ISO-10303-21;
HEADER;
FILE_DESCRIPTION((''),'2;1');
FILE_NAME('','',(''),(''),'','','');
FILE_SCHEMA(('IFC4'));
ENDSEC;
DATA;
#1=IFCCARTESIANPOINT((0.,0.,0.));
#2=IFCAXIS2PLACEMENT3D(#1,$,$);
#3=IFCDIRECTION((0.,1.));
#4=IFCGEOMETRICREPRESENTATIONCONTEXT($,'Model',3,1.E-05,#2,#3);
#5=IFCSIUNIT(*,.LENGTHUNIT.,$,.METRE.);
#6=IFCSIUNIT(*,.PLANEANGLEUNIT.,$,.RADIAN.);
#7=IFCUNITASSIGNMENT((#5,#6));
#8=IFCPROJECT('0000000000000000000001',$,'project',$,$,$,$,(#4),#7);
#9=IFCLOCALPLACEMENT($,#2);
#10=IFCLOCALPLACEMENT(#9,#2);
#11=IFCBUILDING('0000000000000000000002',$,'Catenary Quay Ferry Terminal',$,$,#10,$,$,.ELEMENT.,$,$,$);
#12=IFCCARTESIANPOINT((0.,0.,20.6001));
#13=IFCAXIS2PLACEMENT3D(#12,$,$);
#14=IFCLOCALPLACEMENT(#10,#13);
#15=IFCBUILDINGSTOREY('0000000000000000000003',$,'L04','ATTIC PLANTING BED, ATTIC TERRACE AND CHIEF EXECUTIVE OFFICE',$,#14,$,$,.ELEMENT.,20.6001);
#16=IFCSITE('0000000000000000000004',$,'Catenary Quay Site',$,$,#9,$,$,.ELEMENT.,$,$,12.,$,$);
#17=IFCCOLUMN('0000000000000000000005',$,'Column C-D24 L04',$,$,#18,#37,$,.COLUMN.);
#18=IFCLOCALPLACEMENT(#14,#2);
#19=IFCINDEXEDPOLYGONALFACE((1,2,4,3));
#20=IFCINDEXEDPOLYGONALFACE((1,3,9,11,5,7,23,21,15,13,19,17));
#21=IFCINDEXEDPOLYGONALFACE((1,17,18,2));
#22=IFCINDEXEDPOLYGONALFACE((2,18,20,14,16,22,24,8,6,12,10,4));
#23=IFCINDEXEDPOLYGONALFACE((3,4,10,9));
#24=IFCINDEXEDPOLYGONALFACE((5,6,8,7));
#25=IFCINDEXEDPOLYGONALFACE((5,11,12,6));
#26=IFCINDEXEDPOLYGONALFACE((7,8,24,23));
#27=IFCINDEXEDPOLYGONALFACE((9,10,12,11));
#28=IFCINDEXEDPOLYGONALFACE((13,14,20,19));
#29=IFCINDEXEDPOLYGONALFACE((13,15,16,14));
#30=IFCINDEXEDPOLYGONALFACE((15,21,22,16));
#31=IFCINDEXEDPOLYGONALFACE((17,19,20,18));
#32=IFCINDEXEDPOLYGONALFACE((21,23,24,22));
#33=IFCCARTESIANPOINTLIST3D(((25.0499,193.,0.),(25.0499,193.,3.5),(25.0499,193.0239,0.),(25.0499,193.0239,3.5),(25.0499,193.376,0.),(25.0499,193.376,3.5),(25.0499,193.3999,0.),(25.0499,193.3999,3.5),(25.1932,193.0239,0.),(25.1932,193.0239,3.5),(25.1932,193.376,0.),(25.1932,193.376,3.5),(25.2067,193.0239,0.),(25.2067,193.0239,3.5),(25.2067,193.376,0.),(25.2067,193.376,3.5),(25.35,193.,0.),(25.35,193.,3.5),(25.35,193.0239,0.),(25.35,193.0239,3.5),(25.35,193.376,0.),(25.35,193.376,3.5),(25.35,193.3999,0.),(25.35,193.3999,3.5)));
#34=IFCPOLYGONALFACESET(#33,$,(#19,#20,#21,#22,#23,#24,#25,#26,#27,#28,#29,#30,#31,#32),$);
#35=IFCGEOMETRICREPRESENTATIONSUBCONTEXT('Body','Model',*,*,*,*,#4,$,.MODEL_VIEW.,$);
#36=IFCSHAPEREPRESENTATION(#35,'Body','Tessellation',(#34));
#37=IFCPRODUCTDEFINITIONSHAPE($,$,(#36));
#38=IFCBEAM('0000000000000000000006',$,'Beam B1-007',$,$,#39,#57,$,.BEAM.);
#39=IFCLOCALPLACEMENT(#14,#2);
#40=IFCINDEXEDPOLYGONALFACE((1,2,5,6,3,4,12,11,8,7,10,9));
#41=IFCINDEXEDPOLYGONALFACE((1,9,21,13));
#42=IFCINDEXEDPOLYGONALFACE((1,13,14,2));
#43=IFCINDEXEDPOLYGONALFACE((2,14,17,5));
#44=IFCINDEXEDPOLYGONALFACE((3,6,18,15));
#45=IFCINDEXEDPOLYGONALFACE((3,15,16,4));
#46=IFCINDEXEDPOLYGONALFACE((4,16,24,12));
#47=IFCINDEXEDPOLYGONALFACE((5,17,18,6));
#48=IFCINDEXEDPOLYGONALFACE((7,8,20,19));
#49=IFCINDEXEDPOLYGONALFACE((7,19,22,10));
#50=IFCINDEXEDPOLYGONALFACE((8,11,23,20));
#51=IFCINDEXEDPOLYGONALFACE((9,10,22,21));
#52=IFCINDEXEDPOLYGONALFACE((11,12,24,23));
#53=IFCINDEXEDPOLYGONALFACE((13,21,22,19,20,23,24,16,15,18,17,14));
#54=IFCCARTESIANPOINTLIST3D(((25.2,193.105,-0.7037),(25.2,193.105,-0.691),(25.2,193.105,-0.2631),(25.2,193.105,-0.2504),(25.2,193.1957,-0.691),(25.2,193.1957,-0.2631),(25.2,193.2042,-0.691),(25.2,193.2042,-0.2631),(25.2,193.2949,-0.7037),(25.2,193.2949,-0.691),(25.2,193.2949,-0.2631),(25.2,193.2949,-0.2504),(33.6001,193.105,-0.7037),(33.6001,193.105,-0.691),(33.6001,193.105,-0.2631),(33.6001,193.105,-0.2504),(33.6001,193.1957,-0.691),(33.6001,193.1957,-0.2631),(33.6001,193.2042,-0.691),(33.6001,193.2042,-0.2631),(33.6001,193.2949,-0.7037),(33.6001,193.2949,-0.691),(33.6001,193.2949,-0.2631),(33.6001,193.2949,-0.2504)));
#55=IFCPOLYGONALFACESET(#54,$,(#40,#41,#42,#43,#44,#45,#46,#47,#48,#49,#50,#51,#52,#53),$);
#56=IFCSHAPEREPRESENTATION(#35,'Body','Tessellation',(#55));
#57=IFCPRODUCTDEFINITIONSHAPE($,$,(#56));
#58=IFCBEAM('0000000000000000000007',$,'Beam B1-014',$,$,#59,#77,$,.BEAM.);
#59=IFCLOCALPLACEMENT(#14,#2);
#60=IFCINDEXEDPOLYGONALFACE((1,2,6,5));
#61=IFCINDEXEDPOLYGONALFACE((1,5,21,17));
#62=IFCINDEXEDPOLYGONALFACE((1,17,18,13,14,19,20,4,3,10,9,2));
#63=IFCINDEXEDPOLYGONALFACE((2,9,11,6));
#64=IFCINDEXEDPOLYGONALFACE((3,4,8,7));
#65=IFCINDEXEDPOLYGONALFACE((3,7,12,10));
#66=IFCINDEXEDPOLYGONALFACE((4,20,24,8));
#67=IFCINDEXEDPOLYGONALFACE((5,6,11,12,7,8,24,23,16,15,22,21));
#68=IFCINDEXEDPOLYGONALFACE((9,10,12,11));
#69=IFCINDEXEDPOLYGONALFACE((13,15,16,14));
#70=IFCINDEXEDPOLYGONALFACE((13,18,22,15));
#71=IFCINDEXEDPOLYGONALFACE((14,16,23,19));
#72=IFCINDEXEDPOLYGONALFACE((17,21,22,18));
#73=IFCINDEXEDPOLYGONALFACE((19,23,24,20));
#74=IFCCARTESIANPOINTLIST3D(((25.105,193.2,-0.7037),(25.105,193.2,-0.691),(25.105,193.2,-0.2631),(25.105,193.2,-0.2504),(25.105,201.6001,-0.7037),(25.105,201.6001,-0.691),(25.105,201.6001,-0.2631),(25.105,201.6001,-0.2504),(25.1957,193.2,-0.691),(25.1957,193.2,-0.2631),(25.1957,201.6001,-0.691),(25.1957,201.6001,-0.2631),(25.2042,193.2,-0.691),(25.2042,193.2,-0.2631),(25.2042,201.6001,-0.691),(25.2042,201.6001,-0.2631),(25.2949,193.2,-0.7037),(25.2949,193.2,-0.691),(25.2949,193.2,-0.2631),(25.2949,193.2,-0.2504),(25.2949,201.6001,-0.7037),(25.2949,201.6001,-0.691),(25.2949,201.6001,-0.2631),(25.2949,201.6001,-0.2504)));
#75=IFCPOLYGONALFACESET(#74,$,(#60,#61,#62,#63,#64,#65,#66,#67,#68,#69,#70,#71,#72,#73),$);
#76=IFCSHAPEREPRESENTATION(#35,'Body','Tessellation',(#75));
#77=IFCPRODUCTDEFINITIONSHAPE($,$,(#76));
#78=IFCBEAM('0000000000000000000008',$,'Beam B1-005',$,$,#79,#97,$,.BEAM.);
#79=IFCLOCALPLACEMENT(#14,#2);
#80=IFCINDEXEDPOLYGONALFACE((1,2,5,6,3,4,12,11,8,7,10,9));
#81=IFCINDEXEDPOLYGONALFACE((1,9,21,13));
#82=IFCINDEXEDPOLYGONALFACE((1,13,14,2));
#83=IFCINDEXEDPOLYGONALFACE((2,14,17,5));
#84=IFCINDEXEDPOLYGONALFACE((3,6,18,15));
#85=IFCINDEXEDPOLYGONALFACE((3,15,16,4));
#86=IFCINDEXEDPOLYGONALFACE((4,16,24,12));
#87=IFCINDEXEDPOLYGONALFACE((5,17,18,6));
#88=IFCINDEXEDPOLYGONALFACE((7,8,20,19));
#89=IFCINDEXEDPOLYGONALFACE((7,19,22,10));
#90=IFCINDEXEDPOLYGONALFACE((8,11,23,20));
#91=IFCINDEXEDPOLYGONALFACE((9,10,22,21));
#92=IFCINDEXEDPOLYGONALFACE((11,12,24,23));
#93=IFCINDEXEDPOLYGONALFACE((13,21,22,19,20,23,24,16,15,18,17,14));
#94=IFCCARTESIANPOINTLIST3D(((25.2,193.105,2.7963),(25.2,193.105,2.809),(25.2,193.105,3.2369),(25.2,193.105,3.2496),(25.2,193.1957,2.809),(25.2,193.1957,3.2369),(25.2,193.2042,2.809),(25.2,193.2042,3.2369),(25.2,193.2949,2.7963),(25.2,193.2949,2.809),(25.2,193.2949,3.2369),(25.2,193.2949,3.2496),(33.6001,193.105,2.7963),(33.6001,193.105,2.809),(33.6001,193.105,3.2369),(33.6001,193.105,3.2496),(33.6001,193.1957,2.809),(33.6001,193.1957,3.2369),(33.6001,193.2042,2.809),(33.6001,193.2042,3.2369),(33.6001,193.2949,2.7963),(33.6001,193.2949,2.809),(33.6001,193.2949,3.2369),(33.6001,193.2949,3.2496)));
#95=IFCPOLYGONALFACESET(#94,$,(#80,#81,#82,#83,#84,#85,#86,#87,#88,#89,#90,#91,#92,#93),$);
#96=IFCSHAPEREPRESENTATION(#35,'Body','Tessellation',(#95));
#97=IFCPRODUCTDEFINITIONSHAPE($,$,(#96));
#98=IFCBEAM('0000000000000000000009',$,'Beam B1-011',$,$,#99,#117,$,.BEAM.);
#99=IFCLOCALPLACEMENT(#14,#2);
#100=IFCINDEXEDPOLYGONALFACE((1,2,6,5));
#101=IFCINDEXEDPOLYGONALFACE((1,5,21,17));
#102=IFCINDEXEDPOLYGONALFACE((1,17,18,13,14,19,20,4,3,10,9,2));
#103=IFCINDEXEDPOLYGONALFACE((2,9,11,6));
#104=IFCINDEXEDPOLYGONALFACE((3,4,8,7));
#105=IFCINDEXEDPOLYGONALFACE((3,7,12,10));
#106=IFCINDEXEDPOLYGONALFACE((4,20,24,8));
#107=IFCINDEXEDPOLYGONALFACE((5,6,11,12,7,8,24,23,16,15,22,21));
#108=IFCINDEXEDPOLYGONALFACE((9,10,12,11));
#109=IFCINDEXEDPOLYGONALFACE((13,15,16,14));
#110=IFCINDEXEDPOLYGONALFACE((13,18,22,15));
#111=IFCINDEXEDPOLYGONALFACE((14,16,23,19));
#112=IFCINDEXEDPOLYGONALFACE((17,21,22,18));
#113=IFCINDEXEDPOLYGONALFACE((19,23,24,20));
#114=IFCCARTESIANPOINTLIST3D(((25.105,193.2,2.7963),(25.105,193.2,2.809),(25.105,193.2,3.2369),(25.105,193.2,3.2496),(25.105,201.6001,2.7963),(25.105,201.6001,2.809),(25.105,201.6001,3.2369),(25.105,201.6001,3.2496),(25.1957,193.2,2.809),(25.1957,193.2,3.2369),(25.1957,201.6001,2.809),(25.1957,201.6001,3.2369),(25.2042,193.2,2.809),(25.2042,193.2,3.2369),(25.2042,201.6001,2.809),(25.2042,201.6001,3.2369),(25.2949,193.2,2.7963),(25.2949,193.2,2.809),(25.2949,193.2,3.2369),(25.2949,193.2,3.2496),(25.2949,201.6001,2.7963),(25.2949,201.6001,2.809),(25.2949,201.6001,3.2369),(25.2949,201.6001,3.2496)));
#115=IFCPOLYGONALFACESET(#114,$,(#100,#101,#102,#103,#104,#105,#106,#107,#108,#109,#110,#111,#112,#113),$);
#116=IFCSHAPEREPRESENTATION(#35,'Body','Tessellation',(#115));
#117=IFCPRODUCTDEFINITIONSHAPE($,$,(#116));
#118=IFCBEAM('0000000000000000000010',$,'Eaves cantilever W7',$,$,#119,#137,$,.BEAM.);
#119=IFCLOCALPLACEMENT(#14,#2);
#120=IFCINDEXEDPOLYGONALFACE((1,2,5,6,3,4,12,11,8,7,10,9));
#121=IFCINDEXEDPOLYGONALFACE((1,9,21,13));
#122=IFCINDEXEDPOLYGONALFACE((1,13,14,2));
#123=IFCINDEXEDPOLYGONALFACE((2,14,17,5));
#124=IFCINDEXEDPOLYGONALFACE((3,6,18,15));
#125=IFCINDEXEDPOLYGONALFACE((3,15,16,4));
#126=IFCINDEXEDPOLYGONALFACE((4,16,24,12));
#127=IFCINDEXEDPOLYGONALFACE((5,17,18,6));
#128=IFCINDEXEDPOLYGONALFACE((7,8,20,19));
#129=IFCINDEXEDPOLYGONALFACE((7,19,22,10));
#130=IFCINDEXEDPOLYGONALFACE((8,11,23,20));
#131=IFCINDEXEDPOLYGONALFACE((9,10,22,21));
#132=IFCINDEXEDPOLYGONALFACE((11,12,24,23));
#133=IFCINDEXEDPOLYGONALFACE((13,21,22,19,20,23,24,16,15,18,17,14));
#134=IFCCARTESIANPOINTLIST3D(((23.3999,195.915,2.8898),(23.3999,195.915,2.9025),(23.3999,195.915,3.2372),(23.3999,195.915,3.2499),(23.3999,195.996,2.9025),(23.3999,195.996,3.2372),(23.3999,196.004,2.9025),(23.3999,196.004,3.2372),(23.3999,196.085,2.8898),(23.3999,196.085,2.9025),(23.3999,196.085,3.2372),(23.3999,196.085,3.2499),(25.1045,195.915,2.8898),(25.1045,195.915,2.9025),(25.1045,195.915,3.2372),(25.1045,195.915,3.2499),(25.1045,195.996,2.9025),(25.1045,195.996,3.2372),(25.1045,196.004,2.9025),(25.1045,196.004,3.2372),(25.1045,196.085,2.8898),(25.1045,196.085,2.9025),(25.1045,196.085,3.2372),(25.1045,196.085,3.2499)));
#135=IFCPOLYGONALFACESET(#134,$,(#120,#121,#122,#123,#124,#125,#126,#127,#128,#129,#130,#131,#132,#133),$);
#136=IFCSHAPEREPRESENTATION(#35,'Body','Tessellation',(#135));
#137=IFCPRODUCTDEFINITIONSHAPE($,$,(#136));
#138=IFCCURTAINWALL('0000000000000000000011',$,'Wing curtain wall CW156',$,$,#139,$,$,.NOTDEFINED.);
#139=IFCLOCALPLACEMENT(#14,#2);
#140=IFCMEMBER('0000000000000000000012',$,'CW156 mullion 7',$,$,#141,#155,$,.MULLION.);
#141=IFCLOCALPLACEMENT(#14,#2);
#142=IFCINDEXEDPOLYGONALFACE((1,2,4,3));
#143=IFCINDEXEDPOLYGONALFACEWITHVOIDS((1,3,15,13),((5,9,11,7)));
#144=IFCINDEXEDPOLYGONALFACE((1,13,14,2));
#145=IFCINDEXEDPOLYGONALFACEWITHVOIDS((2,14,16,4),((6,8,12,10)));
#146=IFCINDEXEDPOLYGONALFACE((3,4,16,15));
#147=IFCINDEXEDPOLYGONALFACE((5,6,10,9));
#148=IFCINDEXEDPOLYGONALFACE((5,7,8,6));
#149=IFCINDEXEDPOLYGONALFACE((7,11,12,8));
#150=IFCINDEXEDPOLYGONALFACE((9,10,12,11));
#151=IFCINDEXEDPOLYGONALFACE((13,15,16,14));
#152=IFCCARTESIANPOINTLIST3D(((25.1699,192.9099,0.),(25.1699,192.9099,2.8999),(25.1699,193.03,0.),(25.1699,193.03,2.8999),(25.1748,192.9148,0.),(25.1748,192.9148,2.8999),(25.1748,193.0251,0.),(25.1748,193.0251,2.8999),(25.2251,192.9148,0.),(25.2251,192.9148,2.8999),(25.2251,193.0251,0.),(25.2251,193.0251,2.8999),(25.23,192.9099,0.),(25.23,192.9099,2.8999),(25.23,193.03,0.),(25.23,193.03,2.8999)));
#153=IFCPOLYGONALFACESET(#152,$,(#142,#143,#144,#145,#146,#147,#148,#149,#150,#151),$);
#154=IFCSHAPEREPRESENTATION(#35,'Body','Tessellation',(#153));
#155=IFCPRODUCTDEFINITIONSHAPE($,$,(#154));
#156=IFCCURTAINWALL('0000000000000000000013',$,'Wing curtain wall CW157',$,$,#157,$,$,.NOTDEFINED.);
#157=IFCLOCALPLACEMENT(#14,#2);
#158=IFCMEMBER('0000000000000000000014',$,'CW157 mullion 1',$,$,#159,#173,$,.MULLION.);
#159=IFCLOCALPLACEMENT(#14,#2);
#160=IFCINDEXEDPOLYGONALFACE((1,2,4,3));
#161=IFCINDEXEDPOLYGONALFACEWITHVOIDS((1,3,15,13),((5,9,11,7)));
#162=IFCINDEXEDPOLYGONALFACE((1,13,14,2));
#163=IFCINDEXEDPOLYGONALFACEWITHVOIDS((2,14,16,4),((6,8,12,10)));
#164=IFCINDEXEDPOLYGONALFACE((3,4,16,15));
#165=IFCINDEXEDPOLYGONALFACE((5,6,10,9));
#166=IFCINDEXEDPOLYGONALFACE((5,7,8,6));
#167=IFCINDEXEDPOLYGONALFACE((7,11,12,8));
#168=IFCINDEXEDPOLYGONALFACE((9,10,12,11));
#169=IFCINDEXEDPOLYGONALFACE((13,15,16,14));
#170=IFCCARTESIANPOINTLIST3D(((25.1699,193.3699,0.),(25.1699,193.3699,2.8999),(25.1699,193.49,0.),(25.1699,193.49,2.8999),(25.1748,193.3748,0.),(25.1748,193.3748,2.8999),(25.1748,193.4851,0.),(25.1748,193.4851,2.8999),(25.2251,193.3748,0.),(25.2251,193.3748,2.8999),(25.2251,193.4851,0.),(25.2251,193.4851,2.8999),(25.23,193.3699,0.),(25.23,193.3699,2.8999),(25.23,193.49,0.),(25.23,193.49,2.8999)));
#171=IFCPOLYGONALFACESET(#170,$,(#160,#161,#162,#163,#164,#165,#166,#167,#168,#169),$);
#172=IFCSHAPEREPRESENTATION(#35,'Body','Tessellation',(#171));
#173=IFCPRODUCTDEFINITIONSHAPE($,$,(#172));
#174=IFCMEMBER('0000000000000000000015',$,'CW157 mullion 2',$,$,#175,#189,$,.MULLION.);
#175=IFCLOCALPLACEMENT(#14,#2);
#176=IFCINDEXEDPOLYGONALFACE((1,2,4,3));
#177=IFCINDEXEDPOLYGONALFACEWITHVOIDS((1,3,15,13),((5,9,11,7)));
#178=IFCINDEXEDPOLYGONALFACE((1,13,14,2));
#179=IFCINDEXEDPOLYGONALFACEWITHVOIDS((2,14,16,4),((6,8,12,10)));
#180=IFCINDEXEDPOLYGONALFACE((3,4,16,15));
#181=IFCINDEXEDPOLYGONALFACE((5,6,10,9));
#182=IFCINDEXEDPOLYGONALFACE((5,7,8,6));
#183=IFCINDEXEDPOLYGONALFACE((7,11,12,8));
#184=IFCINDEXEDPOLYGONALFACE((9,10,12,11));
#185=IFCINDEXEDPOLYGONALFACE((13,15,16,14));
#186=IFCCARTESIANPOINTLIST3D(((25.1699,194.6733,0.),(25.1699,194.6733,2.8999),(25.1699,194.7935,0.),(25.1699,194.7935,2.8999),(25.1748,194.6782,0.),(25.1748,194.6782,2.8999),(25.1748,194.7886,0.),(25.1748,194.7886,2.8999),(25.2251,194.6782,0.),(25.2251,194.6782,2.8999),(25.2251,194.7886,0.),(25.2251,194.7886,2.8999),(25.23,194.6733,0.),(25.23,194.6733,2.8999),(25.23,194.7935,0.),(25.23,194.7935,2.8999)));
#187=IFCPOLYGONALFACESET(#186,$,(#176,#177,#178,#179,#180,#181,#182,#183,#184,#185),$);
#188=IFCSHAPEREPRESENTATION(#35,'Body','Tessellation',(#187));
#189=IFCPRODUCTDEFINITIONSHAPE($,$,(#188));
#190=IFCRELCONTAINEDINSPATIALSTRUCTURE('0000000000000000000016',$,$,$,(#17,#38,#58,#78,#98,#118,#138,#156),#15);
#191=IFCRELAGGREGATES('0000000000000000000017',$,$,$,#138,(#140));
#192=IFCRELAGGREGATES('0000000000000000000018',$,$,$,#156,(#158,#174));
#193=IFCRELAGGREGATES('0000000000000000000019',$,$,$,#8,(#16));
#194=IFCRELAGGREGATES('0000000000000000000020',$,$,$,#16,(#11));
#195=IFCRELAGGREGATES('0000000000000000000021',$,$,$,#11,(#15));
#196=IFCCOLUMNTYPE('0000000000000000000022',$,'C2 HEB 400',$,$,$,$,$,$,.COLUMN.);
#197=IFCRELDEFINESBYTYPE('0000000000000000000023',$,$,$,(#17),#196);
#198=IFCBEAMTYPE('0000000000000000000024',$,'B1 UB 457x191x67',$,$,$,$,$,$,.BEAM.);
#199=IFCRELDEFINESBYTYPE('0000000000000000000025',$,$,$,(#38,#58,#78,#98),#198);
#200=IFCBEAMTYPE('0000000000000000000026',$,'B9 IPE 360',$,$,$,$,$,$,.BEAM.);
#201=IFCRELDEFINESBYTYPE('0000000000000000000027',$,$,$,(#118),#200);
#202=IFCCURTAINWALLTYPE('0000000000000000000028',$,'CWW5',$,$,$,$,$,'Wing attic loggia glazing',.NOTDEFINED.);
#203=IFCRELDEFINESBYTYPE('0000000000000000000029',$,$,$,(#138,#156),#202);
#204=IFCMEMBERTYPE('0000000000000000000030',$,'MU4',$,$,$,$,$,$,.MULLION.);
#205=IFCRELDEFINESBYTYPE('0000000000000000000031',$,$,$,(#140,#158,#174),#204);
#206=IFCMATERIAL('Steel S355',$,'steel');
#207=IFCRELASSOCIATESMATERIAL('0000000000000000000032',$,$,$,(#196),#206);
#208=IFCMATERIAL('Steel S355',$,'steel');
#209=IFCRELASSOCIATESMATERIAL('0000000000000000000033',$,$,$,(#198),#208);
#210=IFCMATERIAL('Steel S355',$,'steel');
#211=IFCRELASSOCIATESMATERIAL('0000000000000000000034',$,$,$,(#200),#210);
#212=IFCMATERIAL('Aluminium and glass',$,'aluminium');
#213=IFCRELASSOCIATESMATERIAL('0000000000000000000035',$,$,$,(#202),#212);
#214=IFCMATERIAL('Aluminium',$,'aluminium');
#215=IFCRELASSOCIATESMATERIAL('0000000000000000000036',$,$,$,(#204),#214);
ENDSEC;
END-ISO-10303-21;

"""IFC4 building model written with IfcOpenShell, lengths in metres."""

from ifc_helpers import new_model, si_unit, direction, frame, origin, origin_2d, place, context, subcontext, project, spatial, hollow_rectangle, i_section, extrude, material, material_profile, profile_set, type_object, element, aggregate, save


model = new_model("IFC4")

# Units and contexts
model_context = context("Model", 3, precision=1e-05, world=origin(), true_north=direction((0.0, 1.0)))
body_context = subcontext(model_context, "Body", "Model", "MODEL_VIEW")
ifc_project = project(units=[si_unit("LENGTHUNIT", "METRE"), si_unit("PLANEANGLEUNIT", "RADIAN")], contexts=[model_context])

# Site, building, storey
site_placement = place(None, origin())
site = spatial("IfcSite", under=ifc_project, at=site_placement, Name="Catenary Quay Site", CompositionType="ELEMENT", RefElevation=12.0)
building_placement = place(site_placement, origin())
building = spatial("IfcBuilding", under=site, at=building_placement, Name="Catenary Quay Ferry Terminal", CompositionType="ELEMENT")
storey_placement = place(building_placement, frame((0.0, 0.0, 20.6001)))
storey = spatial("IfcBuildingStorey", under=building, at=storey_placement, Name="L04", Description="ATTIC PLANTING BED, ATTIC TERRACE AND CHIEF EXECUTIVE OFFICE", CompositionType="ELEMENT", Elevation=20.6001)

# Column
ifc_material_1 = material(Name="Steel S355", Category="steel")
ifc_material_profile_1 = material_profile(ifc_material_1, i_section(OverallWidth=0.3, OverallDepth=0.3999, WebThickness=0.0134, FlangeThickness=0.0239, at=origin_2d()), Name="HEB 400")
ifc_profile_set_1 = profile_set([ifc_material_profile_1], Name="Steel S355")
column_type = type_object("IfcColumnType", Name="C2 HEB 400", PredefinedType="COLUMN", material=ifc_profile_set_1)
column_placement = place(storey_placement, frame((25.2, 193.2, 0.0), z_axis=(0.0, 0.0, 1.0), x_axis=(1.0, 0.0, 0.0)))
element("IfcColumn", 1, at=column_placement, inside=storey, type_object=column_type, Name="Column C-D24 L04", PredefinedType="COLUMN", context=body_context, shape_type="SweptSolid", body=[
    extrude(i_section(OverallWidth=0.3, OverallDepth=0.3999, WebThickness=0.0134, FlangeThickness=0.0239, at=origin_2d()), origin(), (0.0, 0.0, 1.0), 3.5),
])

# Beams
ifc_material_2 = material(Name="Steel S355", Category="steel")
ifc_material_profile_2 = material_profile(ifc_material_2, i_section(OverallWidth=0.1899, OverallDepth=0.4534, WebThickness=0.0085, FlangeThickness=0.0127, at=origin_2d()), Name="UB 457x191x67")
ifc_profile_set_2 = profile_set([ifc_material_profile_2], Name="Steel S355")
beam_type_1 = type_object("IfcBeamType", Name="B1 UB 457x191x67", PredefinedType="BEAM", material=ifc_profile_set_2)
for number, where, z_axis, x_axis, name in (
    (2, (25.2, 193.2, -0.4771), (1.0, 0.0, 0.0), (0.0, 1.0, 0.0), "Beam B1-007"),
    (3, (25.2, 193.2, -0.4771), (0.0, 1.0, 0.0), (-1.0, 0.0, 0.0), "Beam B1-014"),
    (4, (25.2, 193.2, 3.0229), (1.0, 0.0, 0.0), (0.0, 1.0, 0.0), "Beam B1-005"),
    (5, (25.2, 193.2, 3.0229), (0.0, 1.0, 0.0), (-1.0, 0.0, 0.0), "Beam B1-011"),
):
    element("IfcBeam", number, at=place(storey_placement, frame(where, z_axis=z_axis, x_axis=x_axis)), inside=storey, type_object=beam_type_1, Name=name, PredefinedType="BEAM", context=body_context, shape_type="SweptSolid", body=[
        extrude(i_section(OverallWidth=0.1899, OverallDepth=0.4534, WebThickness=0.0085, FlangeThickness=0.0127, at=origin_2d()), origin(), (0.0, 0.0, 1.0), 8.4001),
    ])
ifc_material_3 = material(Name="Steel S355", Category="steel")
ifc_material_profile_3 = material_profile(ifc_material_3, i_section(OverallWidth=0.1699, OverallDepth=0.3601, WebThickness=0.0081, FlangeThickness=0.0127, at=origin_2d()), Name="IPE 360")
ifc_profile_set_3 = profile_set([ifc_material_profile_3], Name="Steel S355")
beam_type_2 = type_object("IfcBeamType", Name="B9 IPE 360", PredefinedType="BEAM", material=ifc_profile_set_3)
beam_placement = place(storey_placement, frame((25.1045, 196.0, 3.0698), z_axis=(-1.0, 0.0, 0.0), x_axis=(0.0, -1.0, 0.0)))
element("IfcBeam", 6, at=beam_placement, inside=storey, type_object=beam_type_2, Name="Eaves cantilever W7", PredefinedType="BEAM", context=body_context, shape_type="SweptSolid", body=[
    extrude(i_section(OverallWidth=0.1699, OverallDepth=0.3601, WebThickness=0.0081, FlangeThickness=0.0127, at=origin_2d()), origin(), (0.0, 0.0, 1.0), 1.7046),
])

# Curtain wall, member
ifc_material_4 = material(Name="Aluminium and glass", Category="aluminium")
curtain_wall_type = type_object("IfcCurtainWallType", Name="CWW5", ElementType="Wing attic loggia glazing", PredefinedType="NOTDEFINED", material=ifc_material_4)
curtain_wall_1_placement = place(storey_placement, origin())
curtain_wall_1 = element("IfcCurtainWall", 7, at=curtain_wall_1_placement, inside=storey, type_object=curtain_wall_type, Name="Wing curtain wall CW156", PredefinedType="NOTDEFINED")
ifc_material_5 = material(Name="Aluminium", Category="aluminium")
ifc_material_profile_4 = material_profile(ifc_material_5, hollow_rectangle(XDim=0.0601, YDim=0.1201, WallThickness=0.0049, at=origin_2d()), Name="MU4")
ifc_profile_set_4 = profile_set([ifc_material_profile_4], Name="Aluminium")
member_type_1 = type_object("IfcMemberType", Name="MU4", PredefinedType="MULLION", material=ifc_profile_set_4)
member_1_placement = place(storey_placement, frame((25.2, 192.97, 0.0), z_axis=(0.0, 0.0, 1.0), x_axis=(-1.0, 0.0, 0.0)))
member_1 = element("IfcMember", 8, at=member_1_placement, type_object=member_type_1, Name="CW156 mullion 7", PredefinedType="MULLION", context=body_context, shape_type="SweptSolid", body=[
    extrude(hollow_rectangle(XDim=0.0601, YDim=0.1201, WallThickness=0.0049, at=origin_2d()), origin(), (0.0, 0.0, 1.0), 2.8999),
])

# Curtain wall, members
curtain_wall_2_placement = place(storey_placement, origin())
curtain_wall_2 = element("IfcCurtainWall", 9, at=curtain_wall_2_placement, inside=storey, type_object=curtain_wall_type, Name="Wing curtain wall CW157", PredefinedType="NOTDEFINED")
member_2_placement = place(storey_placement, frame((25.2, 193.4299, 0.0), z_axis=(0.0, 0.0, 1.0), x_axis=(-1.0, 0.0, 0.0)))
member_2 = element("IfcMember", 10, at=member_2_placement, type_object=member_type_1, Name="CW157 mullion 1", PredefinedType="MULLION", context=body_context, shape_type="SweptSolid", body=[
    extrude(hollow_rectangle(XDim=0.0601, YDim=0.1201, WallThickness=0.0049, at=origin_2d()), origin(), (0.0, 0.0, 1.0), 2.8999),
])
member_3_placement = place(storey_placement, frame((25.2, 194.7334, 0.0), z_axis=(0.0, 0.0, 1.0), x_axis=(-1.0, 0.0, 0.0)))
member_3 = element("IfcMember", 11, at=member_3_placement, type_object=member_type_1, Name="CW157 mullion 2", PredefinedType="MULLION", context=body_context, shape_type="SweptSolid", body=[
    extrude(hollow_rectangle(XDim=0.0601, YDim=0.1201, WallThickness=0.0049, at=origin_2d()), origin(), (0.0, 0.0, 1.0), 2.8999),
])

aggregate(curtain_wall_1, [member_1])
aggregate(curtain_wall_2, [member_2, member_3])

save(model, "model.ifc")
